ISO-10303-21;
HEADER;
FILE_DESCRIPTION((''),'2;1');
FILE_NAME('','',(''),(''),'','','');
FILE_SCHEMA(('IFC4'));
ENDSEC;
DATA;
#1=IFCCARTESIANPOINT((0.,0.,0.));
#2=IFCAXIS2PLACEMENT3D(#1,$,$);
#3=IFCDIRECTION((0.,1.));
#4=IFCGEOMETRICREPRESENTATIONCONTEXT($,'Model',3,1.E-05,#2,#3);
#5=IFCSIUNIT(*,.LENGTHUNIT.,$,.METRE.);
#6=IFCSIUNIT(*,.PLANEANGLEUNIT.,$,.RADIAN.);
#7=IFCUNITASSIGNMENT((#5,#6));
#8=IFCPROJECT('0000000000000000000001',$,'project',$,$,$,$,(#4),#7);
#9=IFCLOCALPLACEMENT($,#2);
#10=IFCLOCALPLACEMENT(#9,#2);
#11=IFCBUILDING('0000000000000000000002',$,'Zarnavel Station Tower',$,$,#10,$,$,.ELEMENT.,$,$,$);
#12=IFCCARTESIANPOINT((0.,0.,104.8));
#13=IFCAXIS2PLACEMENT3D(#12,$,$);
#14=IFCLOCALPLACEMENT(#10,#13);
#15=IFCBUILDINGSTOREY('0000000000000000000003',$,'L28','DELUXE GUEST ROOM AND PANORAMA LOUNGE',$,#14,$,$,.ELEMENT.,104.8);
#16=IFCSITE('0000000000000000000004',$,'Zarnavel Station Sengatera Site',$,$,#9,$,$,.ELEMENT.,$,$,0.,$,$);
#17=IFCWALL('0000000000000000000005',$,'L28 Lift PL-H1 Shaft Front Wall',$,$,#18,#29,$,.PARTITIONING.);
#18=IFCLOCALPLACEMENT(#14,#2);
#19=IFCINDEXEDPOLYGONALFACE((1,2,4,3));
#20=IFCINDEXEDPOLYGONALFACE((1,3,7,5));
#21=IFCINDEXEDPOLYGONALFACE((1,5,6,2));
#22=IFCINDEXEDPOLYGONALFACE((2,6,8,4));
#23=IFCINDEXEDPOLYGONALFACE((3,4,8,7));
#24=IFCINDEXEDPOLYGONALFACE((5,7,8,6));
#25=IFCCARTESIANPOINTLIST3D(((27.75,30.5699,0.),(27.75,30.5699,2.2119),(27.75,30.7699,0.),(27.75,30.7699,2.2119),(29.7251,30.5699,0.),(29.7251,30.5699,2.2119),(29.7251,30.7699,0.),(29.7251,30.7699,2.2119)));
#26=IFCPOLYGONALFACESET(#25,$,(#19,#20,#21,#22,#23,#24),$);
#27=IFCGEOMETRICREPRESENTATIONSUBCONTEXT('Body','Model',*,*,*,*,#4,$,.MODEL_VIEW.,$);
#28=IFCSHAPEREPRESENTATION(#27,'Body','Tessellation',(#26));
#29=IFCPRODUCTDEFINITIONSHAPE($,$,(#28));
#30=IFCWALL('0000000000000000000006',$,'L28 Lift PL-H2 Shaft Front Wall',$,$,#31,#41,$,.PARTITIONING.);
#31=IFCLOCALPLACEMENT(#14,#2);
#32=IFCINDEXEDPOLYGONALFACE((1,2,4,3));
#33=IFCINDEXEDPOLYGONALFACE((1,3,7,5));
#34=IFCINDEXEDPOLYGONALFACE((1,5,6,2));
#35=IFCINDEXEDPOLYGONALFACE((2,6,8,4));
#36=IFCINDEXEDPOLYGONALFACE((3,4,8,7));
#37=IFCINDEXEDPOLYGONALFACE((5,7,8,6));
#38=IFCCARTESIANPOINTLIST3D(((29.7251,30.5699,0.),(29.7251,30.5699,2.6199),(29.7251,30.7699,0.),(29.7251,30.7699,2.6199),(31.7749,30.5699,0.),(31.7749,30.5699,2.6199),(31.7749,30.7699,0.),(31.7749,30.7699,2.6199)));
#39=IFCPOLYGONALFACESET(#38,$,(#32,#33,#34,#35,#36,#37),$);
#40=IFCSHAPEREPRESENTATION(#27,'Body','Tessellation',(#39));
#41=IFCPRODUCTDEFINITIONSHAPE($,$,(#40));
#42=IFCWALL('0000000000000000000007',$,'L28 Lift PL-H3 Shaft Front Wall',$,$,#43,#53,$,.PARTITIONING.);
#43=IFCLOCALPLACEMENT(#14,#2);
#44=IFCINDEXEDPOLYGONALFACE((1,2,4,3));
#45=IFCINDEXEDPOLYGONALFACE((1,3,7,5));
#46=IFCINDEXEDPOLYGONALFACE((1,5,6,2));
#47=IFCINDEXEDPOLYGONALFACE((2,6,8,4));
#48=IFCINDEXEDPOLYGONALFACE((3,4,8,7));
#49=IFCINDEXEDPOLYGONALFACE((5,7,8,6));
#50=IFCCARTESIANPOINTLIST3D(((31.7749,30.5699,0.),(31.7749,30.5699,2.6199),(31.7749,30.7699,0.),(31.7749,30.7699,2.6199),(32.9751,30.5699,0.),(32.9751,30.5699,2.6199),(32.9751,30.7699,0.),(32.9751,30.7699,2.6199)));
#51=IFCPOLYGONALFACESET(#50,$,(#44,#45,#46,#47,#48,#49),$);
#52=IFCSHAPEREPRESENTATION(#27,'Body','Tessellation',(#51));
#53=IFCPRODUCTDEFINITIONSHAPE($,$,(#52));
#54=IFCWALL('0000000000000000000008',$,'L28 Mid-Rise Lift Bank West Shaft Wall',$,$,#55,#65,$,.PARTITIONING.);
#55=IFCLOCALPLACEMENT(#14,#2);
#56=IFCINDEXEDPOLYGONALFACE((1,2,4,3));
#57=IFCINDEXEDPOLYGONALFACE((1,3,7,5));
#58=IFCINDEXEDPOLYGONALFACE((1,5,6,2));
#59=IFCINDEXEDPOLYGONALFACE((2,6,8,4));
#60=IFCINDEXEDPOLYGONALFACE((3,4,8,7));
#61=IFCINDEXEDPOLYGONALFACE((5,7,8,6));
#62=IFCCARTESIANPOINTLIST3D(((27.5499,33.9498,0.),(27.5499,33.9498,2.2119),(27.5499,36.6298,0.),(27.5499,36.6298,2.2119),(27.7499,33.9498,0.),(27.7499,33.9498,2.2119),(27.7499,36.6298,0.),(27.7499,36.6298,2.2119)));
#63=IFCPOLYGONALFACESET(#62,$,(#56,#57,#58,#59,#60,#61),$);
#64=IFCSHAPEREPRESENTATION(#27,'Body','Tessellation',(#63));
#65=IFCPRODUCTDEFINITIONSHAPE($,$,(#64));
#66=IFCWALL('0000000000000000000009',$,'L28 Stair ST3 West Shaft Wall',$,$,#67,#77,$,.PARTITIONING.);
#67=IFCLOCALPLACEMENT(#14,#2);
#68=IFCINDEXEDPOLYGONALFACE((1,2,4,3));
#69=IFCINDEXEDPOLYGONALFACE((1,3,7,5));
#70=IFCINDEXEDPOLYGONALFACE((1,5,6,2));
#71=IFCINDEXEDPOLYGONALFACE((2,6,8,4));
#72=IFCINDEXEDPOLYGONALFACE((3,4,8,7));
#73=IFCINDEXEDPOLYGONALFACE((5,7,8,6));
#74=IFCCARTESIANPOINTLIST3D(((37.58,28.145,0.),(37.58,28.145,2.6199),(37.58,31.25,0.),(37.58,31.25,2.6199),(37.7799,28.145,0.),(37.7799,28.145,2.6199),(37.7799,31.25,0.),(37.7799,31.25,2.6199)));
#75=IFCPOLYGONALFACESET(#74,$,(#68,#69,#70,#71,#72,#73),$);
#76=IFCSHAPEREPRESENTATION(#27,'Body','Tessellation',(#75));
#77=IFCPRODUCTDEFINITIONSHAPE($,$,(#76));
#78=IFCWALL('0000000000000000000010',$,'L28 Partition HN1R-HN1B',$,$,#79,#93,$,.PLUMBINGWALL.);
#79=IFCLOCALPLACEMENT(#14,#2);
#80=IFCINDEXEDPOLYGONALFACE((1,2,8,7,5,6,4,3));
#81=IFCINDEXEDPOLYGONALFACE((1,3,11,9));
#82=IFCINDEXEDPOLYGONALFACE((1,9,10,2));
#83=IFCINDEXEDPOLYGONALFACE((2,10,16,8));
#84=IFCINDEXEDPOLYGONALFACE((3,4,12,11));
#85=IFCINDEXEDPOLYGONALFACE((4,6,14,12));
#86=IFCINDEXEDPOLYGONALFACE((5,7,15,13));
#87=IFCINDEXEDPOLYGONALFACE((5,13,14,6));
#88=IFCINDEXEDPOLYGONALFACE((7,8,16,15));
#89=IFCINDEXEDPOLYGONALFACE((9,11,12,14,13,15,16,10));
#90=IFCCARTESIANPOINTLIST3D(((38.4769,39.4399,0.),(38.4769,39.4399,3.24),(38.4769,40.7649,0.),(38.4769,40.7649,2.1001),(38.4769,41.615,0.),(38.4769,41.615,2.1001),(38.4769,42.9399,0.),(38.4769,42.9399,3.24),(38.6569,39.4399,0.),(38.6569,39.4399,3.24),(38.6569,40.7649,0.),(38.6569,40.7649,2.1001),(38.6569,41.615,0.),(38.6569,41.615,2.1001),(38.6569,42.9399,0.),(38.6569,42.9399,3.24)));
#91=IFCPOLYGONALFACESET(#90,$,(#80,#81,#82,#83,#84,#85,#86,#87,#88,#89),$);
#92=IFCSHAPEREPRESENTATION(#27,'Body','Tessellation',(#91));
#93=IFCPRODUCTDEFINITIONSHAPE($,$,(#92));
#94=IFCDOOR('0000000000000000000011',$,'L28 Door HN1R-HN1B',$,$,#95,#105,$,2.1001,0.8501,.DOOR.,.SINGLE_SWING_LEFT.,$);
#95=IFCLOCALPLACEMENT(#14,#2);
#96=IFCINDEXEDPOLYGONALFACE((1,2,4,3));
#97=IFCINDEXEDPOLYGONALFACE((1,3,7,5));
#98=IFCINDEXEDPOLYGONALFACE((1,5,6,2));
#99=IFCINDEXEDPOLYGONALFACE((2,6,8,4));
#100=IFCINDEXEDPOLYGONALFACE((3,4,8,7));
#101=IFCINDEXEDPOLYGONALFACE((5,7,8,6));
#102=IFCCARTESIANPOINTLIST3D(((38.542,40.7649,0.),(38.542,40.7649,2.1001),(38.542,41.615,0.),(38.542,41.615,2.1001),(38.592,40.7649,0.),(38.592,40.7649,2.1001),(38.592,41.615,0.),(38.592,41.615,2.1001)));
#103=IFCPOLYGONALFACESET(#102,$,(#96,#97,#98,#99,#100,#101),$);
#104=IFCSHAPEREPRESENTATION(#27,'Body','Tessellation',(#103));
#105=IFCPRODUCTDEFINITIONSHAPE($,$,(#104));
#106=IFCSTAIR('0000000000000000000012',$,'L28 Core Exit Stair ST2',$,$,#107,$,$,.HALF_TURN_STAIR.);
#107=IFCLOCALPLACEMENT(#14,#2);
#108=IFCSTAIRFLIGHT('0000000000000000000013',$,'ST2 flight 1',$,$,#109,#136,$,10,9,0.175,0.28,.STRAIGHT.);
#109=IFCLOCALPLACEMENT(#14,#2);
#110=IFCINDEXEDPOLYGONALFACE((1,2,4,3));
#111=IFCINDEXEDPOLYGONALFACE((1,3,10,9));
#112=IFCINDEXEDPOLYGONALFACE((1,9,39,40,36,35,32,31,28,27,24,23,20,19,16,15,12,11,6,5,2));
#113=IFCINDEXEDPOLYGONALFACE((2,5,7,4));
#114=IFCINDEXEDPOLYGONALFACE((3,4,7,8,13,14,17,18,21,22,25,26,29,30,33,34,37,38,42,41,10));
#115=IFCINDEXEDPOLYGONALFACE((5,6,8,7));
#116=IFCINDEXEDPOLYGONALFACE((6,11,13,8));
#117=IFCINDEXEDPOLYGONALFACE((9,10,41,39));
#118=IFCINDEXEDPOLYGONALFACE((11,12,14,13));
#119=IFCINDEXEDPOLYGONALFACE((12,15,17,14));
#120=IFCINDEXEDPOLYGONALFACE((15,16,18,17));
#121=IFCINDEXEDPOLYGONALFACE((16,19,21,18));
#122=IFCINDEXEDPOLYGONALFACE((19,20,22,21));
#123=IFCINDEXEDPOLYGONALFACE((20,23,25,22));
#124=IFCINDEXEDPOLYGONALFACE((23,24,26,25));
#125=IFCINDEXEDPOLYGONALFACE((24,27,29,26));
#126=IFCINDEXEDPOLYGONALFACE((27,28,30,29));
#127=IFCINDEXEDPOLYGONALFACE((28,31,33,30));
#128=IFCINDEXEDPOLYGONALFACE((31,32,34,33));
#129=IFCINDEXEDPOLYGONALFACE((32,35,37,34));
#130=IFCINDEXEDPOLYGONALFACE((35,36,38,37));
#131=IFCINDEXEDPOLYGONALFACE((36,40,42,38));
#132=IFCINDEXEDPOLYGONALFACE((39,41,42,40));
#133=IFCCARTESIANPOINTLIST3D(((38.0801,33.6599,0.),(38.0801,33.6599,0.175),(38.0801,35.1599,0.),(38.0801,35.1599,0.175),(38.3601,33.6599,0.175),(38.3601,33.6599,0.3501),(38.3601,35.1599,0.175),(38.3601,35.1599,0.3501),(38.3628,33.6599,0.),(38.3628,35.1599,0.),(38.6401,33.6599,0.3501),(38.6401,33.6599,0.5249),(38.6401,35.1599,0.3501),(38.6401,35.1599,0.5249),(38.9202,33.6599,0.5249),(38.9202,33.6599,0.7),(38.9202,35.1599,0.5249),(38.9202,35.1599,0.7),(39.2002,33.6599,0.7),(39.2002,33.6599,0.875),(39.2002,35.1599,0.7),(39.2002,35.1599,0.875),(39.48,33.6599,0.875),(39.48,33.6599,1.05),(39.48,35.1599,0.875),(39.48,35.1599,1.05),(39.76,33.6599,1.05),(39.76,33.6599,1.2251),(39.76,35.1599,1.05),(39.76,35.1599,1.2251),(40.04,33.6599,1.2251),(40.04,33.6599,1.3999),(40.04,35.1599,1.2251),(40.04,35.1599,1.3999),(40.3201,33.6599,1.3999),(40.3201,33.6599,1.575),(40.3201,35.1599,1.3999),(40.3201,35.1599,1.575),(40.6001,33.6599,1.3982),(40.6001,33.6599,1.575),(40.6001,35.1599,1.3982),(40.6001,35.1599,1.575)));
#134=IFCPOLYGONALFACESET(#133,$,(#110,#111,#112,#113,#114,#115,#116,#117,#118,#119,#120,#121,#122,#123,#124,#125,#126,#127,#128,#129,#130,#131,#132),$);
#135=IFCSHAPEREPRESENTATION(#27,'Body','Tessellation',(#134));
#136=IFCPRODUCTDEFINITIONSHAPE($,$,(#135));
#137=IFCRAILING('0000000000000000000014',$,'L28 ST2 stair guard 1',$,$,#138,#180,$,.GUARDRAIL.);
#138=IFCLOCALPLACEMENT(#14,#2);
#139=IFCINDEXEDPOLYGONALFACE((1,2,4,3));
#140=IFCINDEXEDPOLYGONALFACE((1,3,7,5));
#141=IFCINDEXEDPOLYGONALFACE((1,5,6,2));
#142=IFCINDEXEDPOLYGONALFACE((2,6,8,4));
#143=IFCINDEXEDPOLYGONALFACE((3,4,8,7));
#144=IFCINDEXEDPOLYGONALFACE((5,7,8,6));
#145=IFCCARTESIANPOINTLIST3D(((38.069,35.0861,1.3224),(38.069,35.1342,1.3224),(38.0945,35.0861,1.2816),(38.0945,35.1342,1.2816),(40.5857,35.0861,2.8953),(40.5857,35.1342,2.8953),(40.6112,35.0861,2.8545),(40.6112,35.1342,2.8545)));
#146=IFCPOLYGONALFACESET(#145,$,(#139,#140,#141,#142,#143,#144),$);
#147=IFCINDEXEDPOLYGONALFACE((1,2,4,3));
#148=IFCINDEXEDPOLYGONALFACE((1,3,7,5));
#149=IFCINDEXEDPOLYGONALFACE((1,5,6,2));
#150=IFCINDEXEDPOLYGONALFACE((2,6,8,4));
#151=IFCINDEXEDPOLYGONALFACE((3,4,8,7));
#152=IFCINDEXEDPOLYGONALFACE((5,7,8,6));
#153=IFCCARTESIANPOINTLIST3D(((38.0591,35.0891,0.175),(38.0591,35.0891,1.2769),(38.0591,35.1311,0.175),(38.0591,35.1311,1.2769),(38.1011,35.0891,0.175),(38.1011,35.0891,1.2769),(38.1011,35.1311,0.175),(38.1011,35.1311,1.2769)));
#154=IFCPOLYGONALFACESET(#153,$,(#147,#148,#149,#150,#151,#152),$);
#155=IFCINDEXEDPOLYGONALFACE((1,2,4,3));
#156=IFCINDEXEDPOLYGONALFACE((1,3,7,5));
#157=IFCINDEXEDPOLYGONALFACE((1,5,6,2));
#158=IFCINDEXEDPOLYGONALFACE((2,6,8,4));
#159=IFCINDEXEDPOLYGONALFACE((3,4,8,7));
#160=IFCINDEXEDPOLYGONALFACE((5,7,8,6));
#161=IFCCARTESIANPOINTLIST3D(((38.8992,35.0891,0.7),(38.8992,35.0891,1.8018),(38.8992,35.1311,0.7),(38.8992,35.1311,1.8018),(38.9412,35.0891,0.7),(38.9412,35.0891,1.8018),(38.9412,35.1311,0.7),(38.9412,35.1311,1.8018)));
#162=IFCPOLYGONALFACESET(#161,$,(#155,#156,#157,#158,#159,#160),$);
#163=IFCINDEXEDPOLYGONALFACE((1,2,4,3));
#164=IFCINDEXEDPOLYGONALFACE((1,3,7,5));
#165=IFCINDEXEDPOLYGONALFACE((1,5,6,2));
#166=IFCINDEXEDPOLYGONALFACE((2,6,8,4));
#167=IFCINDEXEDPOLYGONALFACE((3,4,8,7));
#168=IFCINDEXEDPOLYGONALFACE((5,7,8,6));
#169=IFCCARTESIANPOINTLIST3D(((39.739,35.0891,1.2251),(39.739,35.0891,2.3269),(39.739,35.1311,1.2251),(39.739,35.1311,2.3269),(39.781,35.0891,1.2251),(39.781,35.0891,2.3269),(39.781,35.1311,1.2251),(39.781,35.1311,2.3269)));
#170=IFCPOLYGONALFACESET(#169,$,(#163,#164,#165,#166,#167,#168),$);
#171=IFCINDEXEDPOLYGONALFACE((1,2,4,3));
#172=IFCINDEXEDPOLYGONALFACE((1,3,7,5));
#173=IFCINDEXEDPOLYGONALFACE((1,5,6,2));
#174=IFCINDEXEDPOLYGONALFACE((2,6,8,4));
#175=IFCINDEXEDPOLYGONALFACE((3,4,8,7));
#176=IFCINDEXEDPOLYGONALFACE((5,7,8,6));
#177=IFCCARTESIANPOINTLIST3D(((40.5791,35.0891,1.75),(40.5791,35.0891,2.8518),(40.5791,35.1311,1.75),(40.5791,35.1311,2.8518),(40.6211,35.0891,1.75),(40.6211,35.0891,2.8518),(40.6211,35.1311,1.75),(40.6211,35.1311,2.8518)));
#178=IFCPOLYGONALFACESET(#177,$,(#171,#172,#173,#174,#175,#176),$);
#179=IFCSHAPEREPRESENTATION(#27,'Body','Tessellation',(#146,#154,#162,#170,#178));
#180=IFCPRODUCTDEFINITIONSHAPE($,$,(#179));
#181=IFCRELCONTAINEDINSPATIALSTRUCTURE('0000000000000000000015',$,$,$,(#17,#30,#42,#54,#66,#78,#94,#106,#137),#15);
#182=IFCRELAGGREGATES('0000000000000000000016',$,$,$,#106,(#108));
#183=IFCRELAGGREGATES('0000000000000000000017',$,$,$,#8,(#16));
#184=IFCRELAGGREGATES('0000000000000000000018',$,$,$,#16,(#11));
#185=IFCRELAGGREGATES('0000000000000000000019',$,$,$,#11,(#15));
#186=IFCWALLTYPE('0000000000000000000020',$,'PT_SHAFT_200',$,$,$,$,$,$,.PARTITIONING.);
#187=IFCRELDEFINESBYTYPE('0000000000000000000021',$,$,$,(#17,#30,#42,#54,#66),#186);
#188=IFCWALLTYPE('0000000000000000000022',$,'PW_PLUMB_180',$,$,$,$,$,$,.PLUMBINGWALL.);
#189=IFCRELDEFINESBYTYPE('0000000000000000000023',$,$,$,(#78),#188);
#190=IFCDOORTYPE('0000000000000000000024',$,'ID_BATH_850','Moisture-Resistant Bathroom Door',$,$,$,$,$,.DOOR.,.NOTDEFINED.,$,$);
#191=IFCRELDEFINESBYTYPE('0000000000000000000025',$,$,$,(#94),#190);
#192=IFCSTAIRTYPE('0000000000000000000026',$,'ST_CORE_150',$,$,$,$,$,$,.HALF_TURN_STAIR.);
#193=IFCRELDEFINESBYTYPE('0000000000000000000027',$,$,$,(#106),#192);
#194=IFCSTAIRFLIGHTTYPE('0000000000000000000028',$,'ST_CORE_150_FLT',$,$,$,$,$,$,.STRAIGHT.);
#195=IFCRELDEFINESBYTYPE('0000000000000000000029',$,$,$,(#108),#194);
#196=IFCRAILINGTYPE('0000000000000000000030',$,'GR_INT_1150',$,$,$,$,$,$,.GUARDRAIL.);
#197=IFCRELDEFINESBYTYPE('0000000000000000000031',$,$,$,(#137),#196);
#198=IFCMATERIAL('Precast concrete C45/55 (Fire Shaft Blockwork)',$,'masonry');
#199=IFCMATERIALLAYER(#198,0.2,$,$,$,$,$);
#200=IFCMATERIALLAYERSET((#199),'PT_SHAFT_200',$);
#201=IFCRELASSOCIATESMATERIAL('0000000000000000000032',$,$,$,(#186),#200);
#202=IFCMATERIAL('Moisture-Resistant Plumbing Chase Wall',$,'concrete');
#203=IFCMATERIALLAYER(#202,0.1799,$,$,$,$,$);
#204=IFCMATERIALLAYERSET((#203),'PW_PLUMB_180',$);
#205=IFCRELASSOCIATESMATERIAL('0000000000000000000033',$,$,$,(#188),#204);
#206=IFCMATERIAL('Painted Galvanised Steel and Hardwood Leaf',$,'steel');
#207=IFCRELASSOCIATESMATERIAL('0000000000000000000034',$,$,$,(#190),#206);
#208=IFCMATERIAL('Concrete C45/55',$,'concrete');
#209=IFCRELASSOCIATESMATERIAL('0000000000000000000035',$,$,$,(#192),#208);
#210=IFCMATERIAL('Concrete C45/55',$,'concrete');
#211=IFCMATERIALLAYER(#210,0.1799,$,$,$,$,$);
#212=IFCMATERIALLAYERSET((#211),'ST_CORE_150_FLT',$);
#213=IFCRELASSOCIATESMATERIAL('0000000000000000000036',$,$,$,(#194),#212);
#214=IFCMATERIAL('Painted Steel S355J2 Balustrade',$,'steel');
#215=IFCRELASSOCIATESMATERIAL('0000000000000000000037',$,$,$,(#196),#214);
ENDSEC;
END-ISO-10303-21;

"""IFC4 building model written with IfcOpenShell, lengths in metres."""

from ifc_helpers import new_model, si_unit, direction, frame, frame_2d, origin, origin_2d, place, context, subcontext, project, spatial, polyline, rectangle, outline, extrude, material, layer, layer_set, type_object, element, fill, aggregate, save


model = new_model("IFC4")

# Units and contexts
model_context = context("Model", 3, precision=1e-05, world=origin(), true_north=direction((0.0, 1.0)))
body_context = subcontext(model_context, "Body", "Model", "MODEL_VIEW")
ifc_project = project(units=[si_unit("LENGTHUNIT", "METRE"), si_unit("PLANEANGLEUNIT", "RADIAN")], contexts=[model_context])

# Site, building, storey
site_placement = place(None, origin())
site = spatial("IfcSite", under=ifc_project, at=site_placement, Name="Zarnavel Station Sengatera Site", CompositionType="ELEMENT", RefElevation=0.0)
building_placement = place(site_placement, origin())
building = spatial("IfcBuilding", under=site, at=building_placement, Name="Zarnavel Station Tower", CompositionType="ELEMENT")
storey_placement = place(building_placement, frame((0.0, 0.0, 104.8)))
storey = spatial("IfcBuildingStorey", under=building, at=storey_placement, Name="L28", Description="DELUXE GUEST ROOM AND PANORAMA LOUNGE", CompositionType="ELEMENT", Elevation=104.8)

# Shared definitions
ifc_material_1 = material(Name="Precast concrete C45/55 (Fire Shaft Blockwork)", Category="masonry")
ifc_layer_1 = layer(ifc_material_1, 0.2)
ifc_layer_set_1 = layer_set([ifc_layer_1], Name="PT_SHAFT_200")
wall_type_1 = type_object("IfcWallType", Name="PT_SHAFT_200", PredefinedType="PARTITIONING", material=ifc_layer_set_1)

# Walls
wall_1_placement = place(storey_placement, frame((27.75, 30.6699, 0.0), z_axis=(0.0, 0.0, 1.0), x_axis=(1.0, 0.0, 0.0)))
element("IfcWall", 1, at=wall_1_placement, inside=storey, type_object=wall_type_1, Name="L28 Lift PL-H1 Shaft Front Wall", PredefinedType="PARTITIONING", context=body_context, shape_type="SweptSolid", body=[
    extrude(rectangle(XDim=1.9751, YDim=0.2, at=frame_2d((0.9875, 0.0))), origin(), (0.0, 0.0, 1.0), 2.2119),
])
wall_2_placement = place(storey_placement, frame((29.7251, 30.6699, 0.0), z_axis=(0.0, 0.0, 1.0), x_axis=(1.0, 0.0, 0.0)))
element("IfcWall", 2, at=wall_2_placement, inside=storey, type_object=wall_type_1, Name="L28 Lift PL-H2 Shaft Front Wall", PredefinedType="PARTITIONING", context=body_context, shape_type="SweptSolid", body=[
    extrude(rectangle(XDim=2.0498, YDim=0.2, at=frame_2d((1.0249, 0.0))), origin(), (0.0, 0.0, 1.0), 2.6199),
])
wall_3_placement = place(storey_placement, frame((31.7749, 30.6699, 0.0), z_axis=(0.0, 0.0, 1.0), x_axis=(1.0, 0.0, 0.0)))
element("IfcWall", 3, at=wall_3_placement, inside=storey, type_object=wall_type_1, Name="L28 Lift PL-H3 Shaft Front Wall", PredefinedType="PARTITIONING", context=body_context, shape_type="SweptSolid", body=[
    extrude(rectangle(XDim=1.2002, YDim=0.2, at=frame_2d((0.6001, 0.0))), origin(), (0.0, 0.0, 1.0), 2.6199),
])

# Wall
wall_4_placement = place(storey_placement, frame((27.6499, 33.95, 0.0), z_axis=(0.0, 0.0, 1.0), x_axis=(0.0, 1.0, 0.0)))
element("IfcWall", 4, at=wall_4_placement, inside=storey, type_object=wall_type_1, Name="L28 Mid-Rise Lift Bank West Shaft Wall", PredefinedType="PARTITIONING", context=body_context, shape_type="SweptSolid", body=[
    extrude(rectangle(XDim=2.6799, YDim=0.2, at=frame_2d((1.3398, 0.0))), origin(), (0.0, 0.0, 1.0), 2.2119),
])

# Wall
wall_5_placement = place(storey_placement, frame((37.6799, 28.145, 0.0), z_axis=(0.0, 0.0, 1.0), x_axis=(0.0, 1.0, 0.0)))
element("IfcWall", 5, at=wall_5_placement, inside=storey, type_object=wall_type_1, Name="L28 Stair ST3 West Shaft Wall", PredefinedType="PARTITIONING", context=body_context, shape_type="SweptSolid", body=[
    extrude(rectangle(XDim=3.105, YDim=0.2, at=frame_2d((1.5525, 0.0))), origin(), (0.0, 0.0, 1.0), 2.6199),
])

# Wall, opening, door
ifc_material_2 = material(Name="Moisture-Resistant Plumbing Chase Wall", Category="concrete")
ifc_layer_2 = layer(ifc_material_2, 0.1799)
ifc_layer_set_2 = layer_set([ifc_layer_2], Name="PW_PLUMB_180")
wall_type_2 = type_object("IfcWallType", Name="PW_PLUMB_180", PredefinedType="PLUMBINGWALL", material=ifc_layer_set_2)
wall_6_placement = place(storey_placement, frame((38.5669, 39.4399, 0.0), z_axis=(0.0, 0.0, 1.0), x_axis=(0.0, 1.0, 0.0)))
wall_6 = element("IfcWall", 6, at=wall_6_placement, inside=storey, type_object=wall_type_2, Name="L28 Partition HN1R-HN1B", PredefinedType="PLUMBINGWALL", context=body_context, shape_type="SweptSolid", body=[
    extrude(rectangle(XDim=3.5, YDim=0.1799, at=frame_2d((1.75, 0.0))), origin(), (0.0, 0.0, 1.0), 3.24),
])
opening_1_placement = place(wall_6_placement, frame((1.325, 0.0, 0.0)))
opening_1 = element("IfcOpeningElement", 7, at=opening_1_placement, cuts=wall_6, PredefinedType="OPENING", context=body_context, shape_type="SweptSolid", body=[
    extrude(rectangle(XDim=0.8501, YDim=2.1001, at=frame_2d((0.425, 1.05))), frame((0.0, 0.0999, 0.0), z_axis=(0.0, -1.0, 0.0), x_axis=(1.0, 0.0, 0.0)), (0.0, 0.0, 1.0), 0.2),
])
ifc_material_3 = material(Name="Painted Galvanised Steel and Hardwood Leaf", Category="steel")
door_type_1 = type_object("IfcDoorType", Name="ID_BATH_850", Description="Moisture-Resistant Bathroom Door", OperationType="NOTDEFINED", PredefinedType="DOOR", material=ifc_material_3)
door_1_placement = place(opening_1_placement, origin())
door_1 = element("IfcDoor", 8, at=door_1_placement, inside=storey, type_object=door_type_1, Name="L28 Door HN1R-HN1B", OperationType="SINGLE_SWING_LEFT", OverallHeight=2.1001, OverallWidth=0.8501, PredefinedType="DOOR", context=body_context, shape_type="SweptSolid", body=[
    extrude(rectangle(XDim=0.8501, YDim=2.1001, at=frame_2d((0.425, 1.05))), frame((0.0, 0.0249, 0.0), z_axis=(0.0, -1.0, 0.0), x_axis=(1.0, 0.0, 0.0)), (0.0, 0.0, 1.0), 0.05),
])
fill(opening_1, door_1)

# Stair, stair flight
ifc_material_4 = material(Name="Concrete C45/55", Category="concrete")
stair_type = type_object("IfcStairType", Name="ST_CORE_150", PredefinedType="HALF_TURN_STAIR", material=ifc_material_4)
stair_placement = place(storey_placement, origin())
stair = element("IfcStair", 9, at=stair_placement, inside=storey, type_object=stair_type, Name="L28 Core Exit Stair ST2", PredefinedType="HALF_TURN_STAIR")
ifc_material_5 = material(Name="Concrete C45/55", Category="concrete")
ifc_layer_3 = layer(ifc_material_5, 0.1799)
ifc_layer_set_3 = layer_set([ifc_layer_3], Name="ST_CORE_150_FLT")
stair_flight_type = type_object("IfcStairFlightType", Name="ST_CORE_150_FLT", PredefinedType="STRAIGHT", material=ifc_layer_set_3)
stair_flight_placement = place(storey_placement, frame((38.0801, 34.4099, 0.0), z_axis=(0.0, 0.0, 1.0), x_axis=(1.0, 0.0, 0.0)))
stair_flight = element("IfcStairFlight", 10, at=stair_flight_placement, type_object=stair_flight_type, Name="ST2 flight 1", NumberOfRisers=10, NumberOfTreads=9, PredefinedType="STRAIGHT", RiserHeight=0.175, TreadLength=0.28, context=body_context, shape_type="SweptSolid", body=[
    extrude(outline(polyline([(0.0, 0.0), (0.0, 0.175), (0.28, 0.175), (0.28, 0.3501), (0.5601, 0.3501), (0.5601, 0.5249), (0.8401, 0.5249), (0.8401, 0.7), (1.1201, 0.7), (1.1201, 0.875), (1.3999, 0.875), (1.3999, 1.05), (1.6799, 1.05), (1.6799, 1.2251), (1.96, 1.2251), (1.96, 1.3999), (2.24, 1.3999), (2.24, 1.575), (2.52, 1.575), (2.52, 1.75), (2.52, 1.3982), (0.2827, 0.0), (0.0, 0.0)])), frame((0.0, 0.75, 0.0), z_axis=(0.0, -1.0, 0.0), x_axis=(1.0, 0.0, 0.0)), (0.0, 0.0, 1.0), 1.5),
])
aggregate(stair, [stair_flight])

# Railing
ifc_material_6 = material(Name="Painted Steel S355J2 Balustrade", Category="steel")
railing_type_1 = type_object("IfcRailingType", Name="GR_INT_1150", PredefinedType="GUARDRAIL", material=ifc_material_6)
railing_1_placement = place(storey_placement, frame((38.0801, 35.1101, 0.175)))
element("IfcRailing", 11, at=railing_1_placement, inside=storey, type_object=railing_type_1, Name="L28 ST2 stair guard 1", PredefinedType="GUARDRAIL", context=body_context, shape_type="SweptSolid", body=[
    extrude(rectangle(XDim=0.0481, YDim=0.0481, at=origin_2d()), frame((0.0017, 0.0, 1.127), z_axis=(0.848008, 0.0, 0.529984), x_axis=(0.0, 1.0, 0.0)), (0.0, 0.0, 1.0), 2.9678),
    extrude(rectangle(XDim=0.042, YDim=0.042, at=origin_2d()), origin(), (0.0, 0.0, 1.0), 1.1018),
    extrude(rectangle(XDim=0.042, YDim=0.042, at=origin_2d()), frame((0.8401, 0.0, 0.5249)), (0.0, 0.0, 1.0), 1.1018),
    extrude(rectangle(XDim=0.042, YDim=0.042, at=origin_2d()), frame((1.6799, 0.0, 1.05)), (0.0, 0.0, 1.0), 1.1018),
    extrude(rectangle(XDim=0.042, YDim=0.042, at=origin_2d()), frame((2.52, 0.0, 1.575)), (0.0, 0.0, 1.0), 1.1018),
])

save(model, "model.ifc")
